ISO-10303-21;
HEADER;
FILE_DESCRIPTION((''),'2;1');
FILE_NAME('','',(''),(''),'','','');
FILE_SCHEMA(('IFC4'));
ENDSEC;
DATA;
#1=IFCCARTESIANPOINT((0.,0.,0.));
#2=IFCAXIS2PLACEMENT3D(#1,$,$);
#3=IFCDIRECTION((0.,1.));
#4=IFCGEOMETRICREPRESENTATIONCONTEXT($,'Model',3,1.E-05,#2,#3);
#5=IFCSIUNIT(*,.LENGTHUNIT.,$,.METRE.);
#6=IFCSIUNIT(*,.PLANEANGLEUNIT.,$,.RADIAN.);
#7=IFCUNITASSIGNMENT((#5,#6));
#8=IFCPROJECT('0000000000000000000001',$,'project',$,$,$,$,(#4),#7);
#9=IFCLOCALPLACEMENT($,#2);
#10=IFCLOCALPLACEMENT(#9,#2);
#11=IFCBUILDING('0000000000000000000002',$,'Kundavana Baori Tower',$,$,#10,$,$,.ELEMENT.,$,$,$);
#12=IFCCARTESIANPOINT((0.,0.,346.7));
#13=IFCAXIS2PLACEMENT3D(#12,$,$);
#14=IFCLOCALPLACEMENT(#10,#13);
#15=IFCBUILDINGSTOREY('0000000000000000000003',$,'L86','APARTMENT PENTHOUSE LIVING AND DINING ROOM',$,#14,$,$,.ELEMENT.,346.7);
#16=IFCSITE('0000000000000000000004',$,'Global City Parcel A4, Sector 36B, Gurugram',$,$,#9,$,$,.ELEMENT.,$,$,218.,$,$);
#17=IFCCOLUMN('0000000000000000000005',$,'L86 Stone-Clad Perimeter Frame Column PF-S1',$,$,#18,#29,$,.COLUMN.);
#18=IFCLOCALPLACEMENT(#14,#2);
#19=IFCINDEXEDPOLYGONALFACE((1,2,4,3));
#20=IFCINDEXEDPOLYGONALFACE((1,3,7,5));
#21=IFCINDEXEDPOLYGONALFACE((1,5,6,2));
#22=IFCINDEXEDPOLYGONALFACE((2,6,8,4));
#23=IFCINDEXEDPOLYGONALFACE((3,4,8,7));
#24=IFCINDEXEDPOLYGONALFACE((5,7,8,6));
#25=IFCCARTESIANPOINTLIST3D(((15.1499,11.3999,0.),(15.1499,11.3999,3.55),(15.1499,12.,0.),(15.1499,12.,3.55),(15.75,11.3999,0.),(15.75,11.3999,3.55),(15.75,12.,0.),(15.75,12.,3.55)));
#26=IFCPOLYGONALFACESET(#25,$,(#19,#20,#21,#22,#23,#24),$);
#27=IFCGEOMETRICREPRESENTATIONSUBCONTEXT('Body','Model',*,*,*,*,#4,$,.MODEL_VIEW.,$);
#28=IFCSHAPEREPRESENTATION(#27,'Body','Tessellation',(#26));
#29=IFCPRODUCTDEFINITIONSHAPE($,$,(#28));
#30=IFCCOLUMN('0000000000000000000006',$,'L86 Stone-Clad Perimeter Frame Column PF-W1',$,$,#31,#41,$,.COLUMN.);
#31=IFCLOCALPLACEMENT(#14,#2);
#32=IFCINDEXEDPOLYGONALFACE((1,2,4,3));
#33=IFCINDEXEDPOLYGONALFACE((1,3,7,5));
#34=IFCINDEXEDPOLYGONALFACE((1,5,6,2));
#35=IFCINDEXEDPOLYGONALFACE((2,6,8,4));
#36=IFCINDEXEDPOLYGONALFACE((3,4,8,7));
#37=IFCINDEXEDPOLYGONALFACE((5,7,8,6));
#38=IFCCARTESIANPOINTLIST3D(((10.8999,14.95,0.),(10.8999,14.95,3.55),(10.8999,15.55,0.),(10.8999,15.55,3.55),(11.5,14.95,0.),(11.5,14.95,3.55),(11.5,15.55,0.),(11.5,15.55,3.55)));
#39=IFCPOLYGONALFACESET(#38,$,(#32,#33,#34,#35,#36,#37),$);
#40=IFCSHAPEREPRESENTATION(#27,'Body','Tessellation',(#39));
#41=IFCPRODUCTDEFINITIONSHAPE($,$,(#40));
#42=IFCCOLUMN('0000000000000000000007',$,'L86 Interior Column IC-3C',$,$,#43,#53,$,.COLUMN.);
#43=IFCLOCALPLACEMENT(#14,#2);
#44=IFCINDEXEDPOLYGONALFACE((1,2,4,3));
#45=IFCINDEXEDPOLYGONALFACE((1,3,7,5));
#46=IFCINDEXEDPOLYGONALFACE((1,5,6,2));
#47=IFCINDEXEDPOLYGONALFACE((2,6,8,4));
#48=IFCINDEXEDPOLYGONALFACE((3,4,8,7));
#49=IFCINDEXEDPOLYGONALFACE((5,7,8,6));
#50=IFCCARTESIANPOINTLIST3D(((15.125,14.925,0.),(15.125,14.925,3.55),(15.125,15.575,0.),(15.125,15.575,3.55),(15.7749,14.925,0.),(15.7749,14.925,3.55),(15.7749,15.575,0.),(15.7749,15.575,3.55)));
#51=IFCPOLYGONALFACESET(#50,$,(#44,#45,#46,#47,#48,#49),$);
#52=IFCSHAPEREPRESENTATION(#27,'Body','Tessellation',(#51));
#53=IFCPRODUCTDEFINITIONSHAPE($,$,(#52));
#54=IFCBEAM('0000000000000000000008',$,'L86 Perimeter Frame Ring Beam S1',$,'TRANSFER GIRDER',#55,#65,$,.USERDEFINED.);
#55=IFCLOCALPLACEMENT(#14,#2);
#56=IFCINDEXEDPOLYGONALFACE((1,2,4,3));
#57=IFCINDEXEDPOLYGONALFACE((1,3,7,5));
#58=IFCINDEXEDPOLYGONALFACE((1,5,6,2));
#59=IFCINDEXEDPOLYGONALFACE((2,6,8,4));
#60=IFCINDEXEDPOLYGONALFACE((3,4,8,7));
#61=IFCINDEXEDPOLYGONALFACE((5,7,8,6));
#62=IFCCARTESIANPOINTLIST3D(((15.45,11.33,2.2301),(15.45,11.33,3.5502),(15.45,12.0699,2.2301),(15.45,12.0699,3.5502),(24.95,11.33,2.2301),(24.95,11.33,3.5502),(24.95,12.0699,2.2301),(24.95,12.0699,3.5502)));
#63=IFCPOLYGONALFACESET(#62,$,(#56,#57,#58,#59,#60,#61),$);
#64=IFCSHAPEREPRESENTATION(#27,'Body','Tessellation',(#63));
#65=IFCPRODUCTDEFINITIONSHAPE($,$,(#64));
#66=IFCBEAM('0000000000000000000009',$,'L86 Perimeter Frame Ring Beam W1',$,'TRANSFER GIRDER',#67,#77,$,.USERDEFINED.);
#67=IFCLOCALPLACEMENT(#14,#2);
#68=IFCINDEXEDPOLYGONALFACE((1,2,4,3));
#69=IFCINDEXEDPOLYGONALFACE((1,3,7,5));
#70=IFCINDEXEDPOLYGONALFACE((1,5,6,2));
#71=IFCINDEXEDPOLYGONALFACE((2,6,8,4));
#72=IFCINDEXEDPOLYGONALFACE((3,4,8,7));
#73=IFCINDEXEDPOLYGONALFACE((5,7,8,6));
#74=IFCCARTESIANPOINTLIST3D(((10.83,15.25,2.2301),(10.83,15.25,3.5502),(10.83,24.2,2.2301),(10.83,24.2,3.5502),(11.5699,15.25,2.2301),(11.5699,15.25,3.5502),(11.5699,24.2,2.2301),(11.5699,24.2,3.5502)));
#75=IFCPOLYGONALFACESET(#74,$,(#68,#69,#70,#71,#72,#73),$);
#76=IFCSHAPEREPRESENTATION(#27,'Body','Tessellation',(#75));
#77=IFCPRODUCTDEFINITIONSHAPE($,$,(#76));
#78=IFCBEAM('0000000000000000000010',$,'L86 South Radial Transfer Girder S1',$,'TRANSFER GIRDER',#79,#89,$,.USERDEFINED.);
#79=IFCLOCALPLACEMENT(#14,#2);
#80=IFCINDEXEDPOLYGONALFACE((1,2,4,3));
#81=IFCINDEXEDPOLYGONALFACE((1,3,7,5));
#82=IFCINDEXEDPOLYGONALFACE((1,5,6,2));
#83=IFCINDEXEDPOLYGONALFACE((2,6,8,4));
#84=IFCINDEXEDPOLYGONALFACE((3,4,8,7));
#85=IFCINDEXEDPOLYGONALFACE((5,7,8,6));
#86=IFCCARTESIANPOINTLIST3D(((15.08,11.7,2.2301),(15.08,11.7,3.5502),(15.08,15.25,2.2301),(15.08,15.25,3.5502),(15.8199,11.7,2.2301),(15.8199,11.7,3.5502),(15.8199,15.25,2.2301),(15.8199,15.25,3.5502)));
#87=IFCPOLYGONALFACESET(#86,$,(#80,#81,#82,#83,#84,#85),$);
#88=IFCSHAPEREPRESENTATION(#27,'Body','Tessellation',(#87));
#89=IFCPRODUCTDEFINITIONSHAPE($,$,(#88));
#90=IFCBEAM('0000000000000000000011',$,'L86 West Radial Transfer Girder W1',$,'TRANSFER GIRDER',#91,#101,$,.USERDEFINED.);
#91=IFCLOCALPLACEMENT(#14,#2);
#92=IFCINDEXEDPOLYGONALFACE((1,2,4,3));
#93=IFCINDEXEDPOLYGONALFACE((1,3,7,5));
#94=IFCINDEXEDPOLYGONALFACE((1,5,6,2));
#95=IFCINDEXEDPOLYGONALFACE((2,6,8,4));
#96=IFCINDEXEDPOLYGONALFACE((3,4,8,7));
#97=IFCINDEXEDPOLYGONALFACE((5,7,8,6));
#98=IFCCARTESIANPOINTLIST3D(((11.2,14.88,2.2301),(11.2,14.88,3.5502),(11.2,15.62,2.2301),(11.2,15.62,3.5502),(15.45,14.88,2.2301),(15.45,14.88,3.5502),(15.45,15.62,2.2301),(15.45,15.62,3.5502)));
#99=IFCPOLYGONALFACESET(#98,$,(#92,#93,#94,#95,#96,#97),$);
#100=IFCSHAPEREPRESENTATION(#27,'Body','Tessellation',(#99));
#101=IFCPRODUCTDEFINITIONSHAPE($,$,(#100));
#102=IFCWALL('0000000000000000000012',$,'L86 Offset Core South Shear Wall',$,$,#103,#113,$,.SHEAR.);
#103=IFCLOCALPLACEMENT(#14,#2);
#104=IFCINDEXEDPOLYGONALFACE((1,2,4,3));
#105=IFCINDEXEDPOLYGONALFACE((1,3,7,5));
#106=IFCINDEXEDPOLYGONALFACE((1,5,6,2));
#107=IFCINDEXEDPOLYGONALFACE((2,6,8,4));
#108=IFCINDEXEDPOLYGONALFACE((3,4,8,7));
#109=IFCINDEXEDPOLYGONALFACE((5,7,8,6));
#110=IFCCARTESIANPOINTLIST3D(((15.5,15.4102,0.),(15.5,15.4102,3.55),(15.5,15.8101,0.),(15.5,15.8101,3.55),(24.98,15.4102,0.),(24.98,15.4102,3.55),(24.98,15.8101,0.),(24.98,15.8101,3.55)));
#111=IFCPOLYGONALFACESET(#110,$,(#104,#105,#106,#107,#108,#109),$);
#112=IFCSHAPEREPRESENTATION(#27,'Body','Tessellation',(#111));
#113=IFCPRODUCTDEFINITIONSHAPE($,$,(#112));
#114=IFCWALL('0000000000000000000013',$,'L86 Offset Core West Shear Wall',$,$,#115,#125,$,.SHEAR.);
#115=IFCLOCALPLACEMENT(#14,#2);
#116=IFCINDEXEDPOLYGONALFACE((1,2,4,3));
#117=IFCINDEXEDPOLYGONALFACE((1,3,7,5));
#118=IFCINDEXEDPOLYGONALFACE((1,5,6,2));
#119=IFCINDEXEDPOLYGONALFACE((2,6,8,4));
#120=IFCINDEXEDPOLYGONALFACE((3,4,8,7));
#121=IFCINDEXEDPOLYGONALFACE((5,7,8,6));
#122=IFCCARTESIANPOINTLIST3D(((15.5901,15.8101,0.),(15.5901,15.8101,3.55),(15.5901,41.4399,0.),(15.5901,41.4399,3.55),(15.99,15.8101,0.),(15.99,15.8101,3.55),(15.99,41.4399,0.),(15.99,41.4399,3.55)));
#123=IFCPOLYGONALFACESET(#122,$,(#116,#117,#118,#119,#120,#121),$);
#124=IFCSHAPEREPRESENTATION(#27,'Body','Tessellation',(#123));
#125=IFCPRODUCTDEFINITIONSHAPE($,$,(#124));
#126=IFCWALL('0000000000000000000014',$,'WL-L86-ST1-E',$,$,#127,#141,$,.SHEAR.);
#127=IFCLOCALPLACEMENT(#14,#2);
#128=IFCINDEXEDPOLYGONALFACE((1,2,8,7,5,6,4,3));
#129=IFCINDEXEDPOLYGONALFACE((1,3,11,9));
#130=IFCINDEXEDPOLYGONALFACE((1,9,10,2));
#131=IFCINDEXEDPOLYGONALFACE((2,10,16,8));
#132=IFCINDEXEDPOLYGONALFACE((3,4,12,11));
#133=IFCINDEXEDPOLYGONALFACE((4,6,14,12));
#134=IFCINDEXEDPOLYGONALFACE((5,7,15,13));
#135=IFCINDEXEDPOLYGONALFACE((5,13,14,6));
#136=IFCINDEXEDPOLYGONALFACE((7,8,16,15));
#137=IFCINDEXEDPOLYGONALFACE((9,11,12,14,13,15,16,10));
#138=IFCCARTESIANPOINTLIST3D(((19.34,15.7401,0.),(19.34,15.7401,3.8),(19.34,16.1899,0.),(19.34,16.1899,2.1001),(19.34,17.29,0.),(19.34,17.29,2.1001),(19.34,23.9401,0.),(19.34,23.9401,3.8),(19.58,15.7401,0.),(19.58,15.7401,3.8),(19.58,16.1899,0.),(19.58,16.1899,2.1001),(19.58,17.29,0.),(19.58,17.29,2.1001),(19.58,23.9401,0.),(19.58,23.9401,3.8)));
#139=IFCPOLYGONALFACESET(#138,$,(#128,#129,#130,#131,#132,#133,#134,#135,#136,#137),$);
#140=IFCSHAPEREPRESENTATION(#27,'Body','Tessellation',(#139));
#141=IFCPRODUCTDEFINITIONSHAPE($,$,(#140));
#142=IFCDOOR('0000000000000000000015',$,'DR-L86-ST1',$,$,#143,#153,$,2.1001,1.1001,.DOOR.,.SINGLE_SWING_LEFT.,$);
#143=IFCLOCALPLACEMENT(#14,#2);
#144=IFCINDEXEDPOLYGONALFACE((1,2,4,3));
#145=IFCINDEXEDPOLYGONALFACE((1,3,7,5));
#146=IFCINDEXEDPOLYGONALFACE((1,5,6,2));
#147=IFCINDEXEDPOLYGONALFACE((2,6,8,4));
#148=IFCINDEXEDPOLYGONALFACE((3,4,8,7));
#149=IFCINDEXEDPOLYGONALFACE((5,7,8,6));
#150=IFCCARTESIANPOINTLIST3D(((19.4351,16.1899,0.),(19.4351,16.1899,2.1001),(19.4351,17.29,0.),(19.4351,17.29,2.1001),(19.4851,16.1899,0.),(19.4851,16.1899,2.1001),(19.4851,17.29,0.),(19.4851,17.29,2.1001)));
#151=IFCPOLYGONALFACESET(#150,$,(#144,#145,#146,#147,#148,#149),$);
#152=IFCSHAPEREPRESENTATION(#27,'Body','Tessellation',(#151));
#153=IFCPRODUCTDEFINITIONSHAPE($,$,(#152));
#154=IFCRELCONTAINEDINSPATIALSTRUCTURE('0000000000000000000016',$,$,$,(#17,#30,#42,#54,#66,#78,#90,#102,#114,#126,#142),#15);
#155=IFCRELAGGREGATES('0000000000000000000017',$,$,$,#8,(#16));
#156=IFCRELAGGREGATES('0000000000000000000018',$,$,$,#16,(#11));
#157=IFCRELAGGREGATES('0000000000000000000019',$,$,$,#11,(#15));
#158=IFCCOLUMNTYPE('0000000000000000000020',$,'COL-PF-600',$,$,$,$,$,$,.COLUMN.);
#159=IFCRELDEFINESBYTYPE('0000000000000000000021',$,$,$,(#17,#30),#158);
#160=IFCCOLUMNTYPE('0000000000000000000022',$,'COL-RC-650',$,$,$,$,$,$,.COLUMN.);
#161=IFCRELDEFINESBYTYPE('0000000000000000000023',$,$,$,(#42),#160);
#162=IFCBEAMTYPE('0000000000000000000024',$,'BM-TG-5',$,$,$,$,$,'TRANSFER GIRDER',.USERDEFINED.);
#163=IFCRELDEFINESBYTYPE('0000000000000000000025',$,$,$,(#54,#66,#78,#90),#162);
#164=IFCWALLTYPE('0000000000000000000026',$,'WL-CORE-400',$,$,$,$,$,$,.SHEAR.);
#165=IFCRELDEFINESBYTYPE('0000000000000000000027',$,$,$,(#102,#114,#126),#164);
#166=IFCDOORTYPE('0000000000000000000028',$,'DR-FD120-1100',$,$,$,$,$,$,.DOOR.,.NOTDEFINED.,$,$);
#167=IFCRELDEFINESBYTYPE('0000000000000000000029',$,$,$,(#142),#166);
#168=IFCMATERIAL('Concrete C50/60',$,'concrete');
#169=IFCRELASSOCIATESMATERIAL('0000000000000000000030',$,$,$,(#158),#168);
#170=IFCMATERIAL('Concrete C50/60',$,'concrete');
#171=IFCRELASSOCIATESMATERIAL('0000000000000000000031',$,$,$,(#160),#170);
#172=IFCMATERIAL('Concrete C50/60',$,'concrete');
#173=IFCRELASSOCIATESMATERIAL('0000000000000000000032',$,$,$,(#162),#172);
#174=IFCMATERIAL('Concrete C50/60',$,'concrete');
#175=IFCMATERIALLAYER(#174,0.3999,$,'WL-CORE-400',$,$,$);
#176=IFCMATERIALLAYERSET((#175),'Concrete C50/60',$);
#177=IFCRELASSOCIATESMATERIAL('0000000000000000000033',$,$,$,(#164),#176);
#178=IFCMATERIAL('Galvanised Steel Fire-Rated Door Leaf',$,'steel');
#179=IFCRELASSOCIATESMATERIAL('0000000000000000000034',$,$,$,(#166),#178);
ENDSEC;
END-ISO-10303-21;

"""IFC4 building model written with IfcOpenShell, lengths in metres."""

from ifc_helpers import new_model, si_unit, direction, frame, frame_2d, origin, origin_2d, place, context, subcontext, project, spatial, rectangle, extrude, material, layer, layer_set, material_profile, profile_set, type_object, element, fill, save


model = new_model("IFC4")

# Units and contexts
model_context = context("Model", 3, precision=1e-05, world=origin(), true_north=direction((0.0, 1.0)))
body_context = subcontext(model_context, "Body", "Model", "MODEL_VIEW")
ifc_project = project(units=[si_unit("LENGTHUNIT", "METRE"), si_unit("PLANEANGLEUNIT", "RADIAN")], contexts=[model_context])

# Site, building, storey
site_placement = place(None, origin())
site = spatial("IfcSite", under=ifc_project, at=site_placement, Name="Global City Parcel A4, Sector 36B, Gurugram", CompositionType="ELEMENT", RefElevation=218.0)
building_placement = place(site_placement, origin())
building = spatial("IfcBuilding", under=site, at=building_placement, Name="Kundavana Baori Tower", CompositionType="ELEMENT")
storey_placement = place(building_placement, frame((0.0, 0.0, 346.7)))
storey = spatial("IfcBuildingStorey", under=building, at=storey_placement, Name="L86", Description="APARTMENT PENTHOUSE LIVING AND DINING ROOM", CompositionType="ELEMENT", Elevation=346.7)

# Columns
ifc_material_1 = material(Name="Concrete C50/60", Category="concrete")
ifc_material_profile_1 = material_profile(ifc_material_1, rectangle(XDim=0.6001, YDim=0.6001, at=origin_2d()), Name="RC PF 600x600")
ifc_profile_set_1 = profile_set([ifc_material_profile_1], Name="Concrete C50/60")
column_type_1 = type_object("IfcColumnType", Name="COL-PF-600", PredefinedType="COLUMN", material=ifc_profile_set_1)
for number, where, z_axis, x_axis, name in (
    (1, (15.45, 11.7, 0.0), (0.0, 0.0, 1.0), (1.0, 0.0, 0.0), "L86 Stone-Clad Perimeter Frame Column PF-S1"),
    (2, (11.2, 15.25, 0.0), (0.0, 0.0, 1.0), (1.0, 0.0, 0.0), "L86 Stone-Clad Perimeter Frame Column PF-W1"),
):
    element("IfcColumn", number, at=place(storey_placement, frame(where, z_axis=z_axis, x_axis=x_axis)), inside=storey, type_object=column_type_1, Name=name, PredefinedType="COLUMN", context=body_context, shape_type="SweptSolid", body=[
        extrude(rectangle(XDim=0.6001, YDim=0.6001, at=origin_2d()), origin(), (0.0, 0.0, 1.0), 3.55),
    ])
ifc_material_2 = material(Name="Concrete C50/60", Category="concrete")
ifc_material_profile_2 = material_profile(ifc_material_2, rectangle(XDim=0.6499, YDim=0.6499, at=origin_2d()), Name="RC 650x650")
ifc_profile_set_2 = profile_set([ifc_material_profile_2], Name="Concrete C50/60")
column_type_2 = type_object("IfcColumnType", Name="COL-RC-650", PredefinedType="COLUMN", material=ifc_profile_set_2)
column_placement = place(storey_placement, frame((15.45, 15.25, 0.0), z_axis=(0.0, 0.0, 1.0), x_axis=(1.0, 0.0, 0.0)))
element("IfcColumn", 3, at=column_placement, inside=storey, type_object=column_type_2, Name="L86 Interior Column IC-3C", PredefinedType="COLUMN", context=body_context, shape_type="SweptSolid", body=[
    extrude(rectangle(XDim=0.6499, YDim=0.6499, at=origin_2d()), origin(), (0.0, 0.0, 1.0), 3.55),
])

# Beams
ifc_material_3 = material(Name="Concrete C50/60", Category="concrete")
ifc_material_profile_3 = material_profile(ifc_material_3, rectangle(XDim=0.74, YDim=1.3201, at=origin_2d()), Name="BM-TG-5")
ifc_profile_set_3 = profile_set([ifc_material_profile_3], Name="Concrete C50/60")
beam_type = type_object("IfcBeamType", Name="BM-TG-5", ElementType="TRANSFER GIRDER", PredefinedType="USERDEFINED", material=ifc_profile_set_3)
beam_1_placement = place(storey_placement, frame((15.45, 11.7, 2.8901), z_axis=(1.0, 0.0, 0.0), x_axis=(0.0, 1.0, 0.0)))
element("IfcBeam", 4, at=beam_1_placement, inside=storey, type_object=beam_type, Name="L86 Perimeter Frame Ring Beam S1", ObjectType="TRANSFER GIRDER", PredefinedType="USERDEFINED", context=body_context, shape_type="SweptSolid", body=[
    extrude(rectangle(XDim=0.74, YDim=1.3201, at=origin_2d()), origin(), (0.0, 0.0, 1.0), 9.5),
])
beam_2_placement = place(storey_placement, frame((11.2, 15.25, 2.8901), z_axis=(0.0, 1.0, 0.0), x_axis=(-1.0, 0.0, 0.0)))
element("IfcBeam", 5, at=beam_2_placement, inside=storey, type_object=beam_type, Name="L86 Perimeter Frame Ring Beam W1", ObjectType="TRANSFER GIRDER", PredefinedType="USERDEFINED", context=body_context, shape_type="SweptSolid", body=[
    extrude(rectangle(XDim=0.74, YDim=1.3201, at=origin_2d()), origin(), (0.0, 0.0, 1.0), 8.95),
])
beam_3_placement = place(storey_placement, frame((15.45, 15.25, 2.8901), z_axis=(0.0, -1.0, 0.0), x_axis=(1.0, 0.0, 0.0)))
element("IfcBeam", 6, at=beam_3_placement, inside=storey, type_object=beam_type, Name="L86 South Radial Transfer Girder S1", ObjectType="TRANSFER GIRDER", PredefinedType="USERDEFINED", context=body_context, shape_type="SweptSolid", body=[
    extrude(rectangle(XDim=0.74, YDim=1.3201, at=origin_2d()), origin(), (0.0, 0.0, 1.0), 3.55),
])
beam_4_placement = place(storey_placement, frame((15.45, 15.25, 2.8901), z_axis=(-1.0, 0.0, 0.0), x_axis=(0.0, -1.0, 0.0)))
element("IfcBeam", 7, at=beam_4_placement, inside=storey, type_object=beam_type, Name="L86 West Radial Transfer Girder W1", ObjectType="TRANSFER GIRDER", PredefinedType="USERDEFINED", context=body_context, shape_type="SweptSolid", body=[
    extrude(rectangle(XDim=0.74, YDim=1.3201, at=origin_2d()), origin(), (0.0, 0.0, 1.0), 4.25),
])

# Walls
ifc_material_4 = material(Name="Concrete C50/60", Category="concrete")
ifc_layer_1 = layer(ifc_material_4, 0.3999, Name="WL-CORE-400")
ifc_layer_set_1 = layer_set([ifc_layer_1], Name="Concrete C50/60")
wall_type_1 = type_object("IfcWallType", Name="WL-CORE-400", PredefinedType="SHEAR", material=ifc_layer_set_1)
wall_1_placement = place(storey_placement, frame((15.5, 15.6101, 0.0), z_axis=(0.0, 0.0, 1.0), x_axis=(1.0, 0.0, 0.0)))
element("IfcWall", 8, at=wall_1_placement, inside=storey, type_object=wall_type_1, Name="L86 Offset Core South Shear Wall", PredefinedType="SHEAR", context=body_context, shape_type="SweptSolid", body=[
    extrude(rectangle(XDim=9.48, YDim=0.3999, at=frame_2d((4.74, 0.0))), origin(), (0.0, 0.0, 1.0), 3.55),
])
wall_2_placement = place(storey_placement, frame((15.79, 15.8101, 0.0), z_axis=(0.0, 0.0, 1.0), x_axis=(0.0, 1.0, 0.0)))
element("IfcWall", 9, at=wall_2_placement, inside=storey, type_object=wall_type_1, Name="L86 Offset Core West Shear Wall", PredefinedType="SHEAR", context=body_context, shape_type="SweptSolid", body=[
    extrude(rectangle(XDim=25.6299, YDim=0.3999, at=frame_2d((12.8149, 0.0))), origin(), (0.0, 0.0, 1.0), 3.55),
])

# Wall, opening, door
wall_3_placement = place(storey_placement, frame((19.46, 15.74, 0.0), z_axis=(0.0, 0.0, 1.0), x_axis=(0.0, 1.0, 0.0)))
wall_3 = element("IfcWall", 10, at=wall_3_placement, inside=storey, type_object=wall_type_1, Name="WL-L86-ST1-E", PredefinedType="SHEAR", context=body_context, shape_type="SweptSolid", body=[
    extrude(rectangle(XDim=8.2, YDim=0.24, at=frame_2d((4.1001, 0.0))), origin(), (0.0, 0.0, 1.0), 3.8),
])
opening_1_placement = place(wall_3_placement, frame((0.45, 0.0, 0.0)))
opening_1 = element("IfcOpeningElement", 11, at=opening_1_placement, cuts=wall_3, PredefinedType="OPENING", context=body_context, shape_type="SweptSolid", body=[
    extrude(rectangle(XDim=1.1001, YDim=2.1001, at=frame_2d((0.55, 1.05))), frame((0.0, 0.1299, 0.0), z_axis=(0.0, -1.0, 0.0), x_axis=(1.0, 0.0, 0.0)), (0.0, 0.0, 1.0), 0.26),
])
ifc_material_5 = material(Name="Galvanised Steel Fire-Rated Door Leaf", Category="steel")
door_type_1 = type_object("IfcDoorType", Name="DR-FD120-1100", OperationType="NOTDEFINED", PredefinedType="DOOR", material=ifc_material_5)
door_1_placement = place(opening_1_placement, origin())
door_1 = element("IfcDoor", 12, at=door_1_placement, inside=storey, type_object=door_type_1, Name="DR-L86-ST1", OperationType="SINGLE_SWING_LEFT", OverallHeight=2.1001, OverallWidth=1.1001, PredefinedType="DOOR", context=body_context, shape_type="SweptSolid", body=[
    extrude(rectangle(XDim=1.1001, YDim=2.1001, at=frame_2d((0.55, 1.05))), frame((0.0, 0.0249, 0.0), z_axis=(0.0, -1.0, 0.0), x_axis=(1.0, 0.0, 0.0)), (0.0, 0.0, 1.0), 0.05),
])
fill(opening_1, door_1)

save(model, "model.ifc")
